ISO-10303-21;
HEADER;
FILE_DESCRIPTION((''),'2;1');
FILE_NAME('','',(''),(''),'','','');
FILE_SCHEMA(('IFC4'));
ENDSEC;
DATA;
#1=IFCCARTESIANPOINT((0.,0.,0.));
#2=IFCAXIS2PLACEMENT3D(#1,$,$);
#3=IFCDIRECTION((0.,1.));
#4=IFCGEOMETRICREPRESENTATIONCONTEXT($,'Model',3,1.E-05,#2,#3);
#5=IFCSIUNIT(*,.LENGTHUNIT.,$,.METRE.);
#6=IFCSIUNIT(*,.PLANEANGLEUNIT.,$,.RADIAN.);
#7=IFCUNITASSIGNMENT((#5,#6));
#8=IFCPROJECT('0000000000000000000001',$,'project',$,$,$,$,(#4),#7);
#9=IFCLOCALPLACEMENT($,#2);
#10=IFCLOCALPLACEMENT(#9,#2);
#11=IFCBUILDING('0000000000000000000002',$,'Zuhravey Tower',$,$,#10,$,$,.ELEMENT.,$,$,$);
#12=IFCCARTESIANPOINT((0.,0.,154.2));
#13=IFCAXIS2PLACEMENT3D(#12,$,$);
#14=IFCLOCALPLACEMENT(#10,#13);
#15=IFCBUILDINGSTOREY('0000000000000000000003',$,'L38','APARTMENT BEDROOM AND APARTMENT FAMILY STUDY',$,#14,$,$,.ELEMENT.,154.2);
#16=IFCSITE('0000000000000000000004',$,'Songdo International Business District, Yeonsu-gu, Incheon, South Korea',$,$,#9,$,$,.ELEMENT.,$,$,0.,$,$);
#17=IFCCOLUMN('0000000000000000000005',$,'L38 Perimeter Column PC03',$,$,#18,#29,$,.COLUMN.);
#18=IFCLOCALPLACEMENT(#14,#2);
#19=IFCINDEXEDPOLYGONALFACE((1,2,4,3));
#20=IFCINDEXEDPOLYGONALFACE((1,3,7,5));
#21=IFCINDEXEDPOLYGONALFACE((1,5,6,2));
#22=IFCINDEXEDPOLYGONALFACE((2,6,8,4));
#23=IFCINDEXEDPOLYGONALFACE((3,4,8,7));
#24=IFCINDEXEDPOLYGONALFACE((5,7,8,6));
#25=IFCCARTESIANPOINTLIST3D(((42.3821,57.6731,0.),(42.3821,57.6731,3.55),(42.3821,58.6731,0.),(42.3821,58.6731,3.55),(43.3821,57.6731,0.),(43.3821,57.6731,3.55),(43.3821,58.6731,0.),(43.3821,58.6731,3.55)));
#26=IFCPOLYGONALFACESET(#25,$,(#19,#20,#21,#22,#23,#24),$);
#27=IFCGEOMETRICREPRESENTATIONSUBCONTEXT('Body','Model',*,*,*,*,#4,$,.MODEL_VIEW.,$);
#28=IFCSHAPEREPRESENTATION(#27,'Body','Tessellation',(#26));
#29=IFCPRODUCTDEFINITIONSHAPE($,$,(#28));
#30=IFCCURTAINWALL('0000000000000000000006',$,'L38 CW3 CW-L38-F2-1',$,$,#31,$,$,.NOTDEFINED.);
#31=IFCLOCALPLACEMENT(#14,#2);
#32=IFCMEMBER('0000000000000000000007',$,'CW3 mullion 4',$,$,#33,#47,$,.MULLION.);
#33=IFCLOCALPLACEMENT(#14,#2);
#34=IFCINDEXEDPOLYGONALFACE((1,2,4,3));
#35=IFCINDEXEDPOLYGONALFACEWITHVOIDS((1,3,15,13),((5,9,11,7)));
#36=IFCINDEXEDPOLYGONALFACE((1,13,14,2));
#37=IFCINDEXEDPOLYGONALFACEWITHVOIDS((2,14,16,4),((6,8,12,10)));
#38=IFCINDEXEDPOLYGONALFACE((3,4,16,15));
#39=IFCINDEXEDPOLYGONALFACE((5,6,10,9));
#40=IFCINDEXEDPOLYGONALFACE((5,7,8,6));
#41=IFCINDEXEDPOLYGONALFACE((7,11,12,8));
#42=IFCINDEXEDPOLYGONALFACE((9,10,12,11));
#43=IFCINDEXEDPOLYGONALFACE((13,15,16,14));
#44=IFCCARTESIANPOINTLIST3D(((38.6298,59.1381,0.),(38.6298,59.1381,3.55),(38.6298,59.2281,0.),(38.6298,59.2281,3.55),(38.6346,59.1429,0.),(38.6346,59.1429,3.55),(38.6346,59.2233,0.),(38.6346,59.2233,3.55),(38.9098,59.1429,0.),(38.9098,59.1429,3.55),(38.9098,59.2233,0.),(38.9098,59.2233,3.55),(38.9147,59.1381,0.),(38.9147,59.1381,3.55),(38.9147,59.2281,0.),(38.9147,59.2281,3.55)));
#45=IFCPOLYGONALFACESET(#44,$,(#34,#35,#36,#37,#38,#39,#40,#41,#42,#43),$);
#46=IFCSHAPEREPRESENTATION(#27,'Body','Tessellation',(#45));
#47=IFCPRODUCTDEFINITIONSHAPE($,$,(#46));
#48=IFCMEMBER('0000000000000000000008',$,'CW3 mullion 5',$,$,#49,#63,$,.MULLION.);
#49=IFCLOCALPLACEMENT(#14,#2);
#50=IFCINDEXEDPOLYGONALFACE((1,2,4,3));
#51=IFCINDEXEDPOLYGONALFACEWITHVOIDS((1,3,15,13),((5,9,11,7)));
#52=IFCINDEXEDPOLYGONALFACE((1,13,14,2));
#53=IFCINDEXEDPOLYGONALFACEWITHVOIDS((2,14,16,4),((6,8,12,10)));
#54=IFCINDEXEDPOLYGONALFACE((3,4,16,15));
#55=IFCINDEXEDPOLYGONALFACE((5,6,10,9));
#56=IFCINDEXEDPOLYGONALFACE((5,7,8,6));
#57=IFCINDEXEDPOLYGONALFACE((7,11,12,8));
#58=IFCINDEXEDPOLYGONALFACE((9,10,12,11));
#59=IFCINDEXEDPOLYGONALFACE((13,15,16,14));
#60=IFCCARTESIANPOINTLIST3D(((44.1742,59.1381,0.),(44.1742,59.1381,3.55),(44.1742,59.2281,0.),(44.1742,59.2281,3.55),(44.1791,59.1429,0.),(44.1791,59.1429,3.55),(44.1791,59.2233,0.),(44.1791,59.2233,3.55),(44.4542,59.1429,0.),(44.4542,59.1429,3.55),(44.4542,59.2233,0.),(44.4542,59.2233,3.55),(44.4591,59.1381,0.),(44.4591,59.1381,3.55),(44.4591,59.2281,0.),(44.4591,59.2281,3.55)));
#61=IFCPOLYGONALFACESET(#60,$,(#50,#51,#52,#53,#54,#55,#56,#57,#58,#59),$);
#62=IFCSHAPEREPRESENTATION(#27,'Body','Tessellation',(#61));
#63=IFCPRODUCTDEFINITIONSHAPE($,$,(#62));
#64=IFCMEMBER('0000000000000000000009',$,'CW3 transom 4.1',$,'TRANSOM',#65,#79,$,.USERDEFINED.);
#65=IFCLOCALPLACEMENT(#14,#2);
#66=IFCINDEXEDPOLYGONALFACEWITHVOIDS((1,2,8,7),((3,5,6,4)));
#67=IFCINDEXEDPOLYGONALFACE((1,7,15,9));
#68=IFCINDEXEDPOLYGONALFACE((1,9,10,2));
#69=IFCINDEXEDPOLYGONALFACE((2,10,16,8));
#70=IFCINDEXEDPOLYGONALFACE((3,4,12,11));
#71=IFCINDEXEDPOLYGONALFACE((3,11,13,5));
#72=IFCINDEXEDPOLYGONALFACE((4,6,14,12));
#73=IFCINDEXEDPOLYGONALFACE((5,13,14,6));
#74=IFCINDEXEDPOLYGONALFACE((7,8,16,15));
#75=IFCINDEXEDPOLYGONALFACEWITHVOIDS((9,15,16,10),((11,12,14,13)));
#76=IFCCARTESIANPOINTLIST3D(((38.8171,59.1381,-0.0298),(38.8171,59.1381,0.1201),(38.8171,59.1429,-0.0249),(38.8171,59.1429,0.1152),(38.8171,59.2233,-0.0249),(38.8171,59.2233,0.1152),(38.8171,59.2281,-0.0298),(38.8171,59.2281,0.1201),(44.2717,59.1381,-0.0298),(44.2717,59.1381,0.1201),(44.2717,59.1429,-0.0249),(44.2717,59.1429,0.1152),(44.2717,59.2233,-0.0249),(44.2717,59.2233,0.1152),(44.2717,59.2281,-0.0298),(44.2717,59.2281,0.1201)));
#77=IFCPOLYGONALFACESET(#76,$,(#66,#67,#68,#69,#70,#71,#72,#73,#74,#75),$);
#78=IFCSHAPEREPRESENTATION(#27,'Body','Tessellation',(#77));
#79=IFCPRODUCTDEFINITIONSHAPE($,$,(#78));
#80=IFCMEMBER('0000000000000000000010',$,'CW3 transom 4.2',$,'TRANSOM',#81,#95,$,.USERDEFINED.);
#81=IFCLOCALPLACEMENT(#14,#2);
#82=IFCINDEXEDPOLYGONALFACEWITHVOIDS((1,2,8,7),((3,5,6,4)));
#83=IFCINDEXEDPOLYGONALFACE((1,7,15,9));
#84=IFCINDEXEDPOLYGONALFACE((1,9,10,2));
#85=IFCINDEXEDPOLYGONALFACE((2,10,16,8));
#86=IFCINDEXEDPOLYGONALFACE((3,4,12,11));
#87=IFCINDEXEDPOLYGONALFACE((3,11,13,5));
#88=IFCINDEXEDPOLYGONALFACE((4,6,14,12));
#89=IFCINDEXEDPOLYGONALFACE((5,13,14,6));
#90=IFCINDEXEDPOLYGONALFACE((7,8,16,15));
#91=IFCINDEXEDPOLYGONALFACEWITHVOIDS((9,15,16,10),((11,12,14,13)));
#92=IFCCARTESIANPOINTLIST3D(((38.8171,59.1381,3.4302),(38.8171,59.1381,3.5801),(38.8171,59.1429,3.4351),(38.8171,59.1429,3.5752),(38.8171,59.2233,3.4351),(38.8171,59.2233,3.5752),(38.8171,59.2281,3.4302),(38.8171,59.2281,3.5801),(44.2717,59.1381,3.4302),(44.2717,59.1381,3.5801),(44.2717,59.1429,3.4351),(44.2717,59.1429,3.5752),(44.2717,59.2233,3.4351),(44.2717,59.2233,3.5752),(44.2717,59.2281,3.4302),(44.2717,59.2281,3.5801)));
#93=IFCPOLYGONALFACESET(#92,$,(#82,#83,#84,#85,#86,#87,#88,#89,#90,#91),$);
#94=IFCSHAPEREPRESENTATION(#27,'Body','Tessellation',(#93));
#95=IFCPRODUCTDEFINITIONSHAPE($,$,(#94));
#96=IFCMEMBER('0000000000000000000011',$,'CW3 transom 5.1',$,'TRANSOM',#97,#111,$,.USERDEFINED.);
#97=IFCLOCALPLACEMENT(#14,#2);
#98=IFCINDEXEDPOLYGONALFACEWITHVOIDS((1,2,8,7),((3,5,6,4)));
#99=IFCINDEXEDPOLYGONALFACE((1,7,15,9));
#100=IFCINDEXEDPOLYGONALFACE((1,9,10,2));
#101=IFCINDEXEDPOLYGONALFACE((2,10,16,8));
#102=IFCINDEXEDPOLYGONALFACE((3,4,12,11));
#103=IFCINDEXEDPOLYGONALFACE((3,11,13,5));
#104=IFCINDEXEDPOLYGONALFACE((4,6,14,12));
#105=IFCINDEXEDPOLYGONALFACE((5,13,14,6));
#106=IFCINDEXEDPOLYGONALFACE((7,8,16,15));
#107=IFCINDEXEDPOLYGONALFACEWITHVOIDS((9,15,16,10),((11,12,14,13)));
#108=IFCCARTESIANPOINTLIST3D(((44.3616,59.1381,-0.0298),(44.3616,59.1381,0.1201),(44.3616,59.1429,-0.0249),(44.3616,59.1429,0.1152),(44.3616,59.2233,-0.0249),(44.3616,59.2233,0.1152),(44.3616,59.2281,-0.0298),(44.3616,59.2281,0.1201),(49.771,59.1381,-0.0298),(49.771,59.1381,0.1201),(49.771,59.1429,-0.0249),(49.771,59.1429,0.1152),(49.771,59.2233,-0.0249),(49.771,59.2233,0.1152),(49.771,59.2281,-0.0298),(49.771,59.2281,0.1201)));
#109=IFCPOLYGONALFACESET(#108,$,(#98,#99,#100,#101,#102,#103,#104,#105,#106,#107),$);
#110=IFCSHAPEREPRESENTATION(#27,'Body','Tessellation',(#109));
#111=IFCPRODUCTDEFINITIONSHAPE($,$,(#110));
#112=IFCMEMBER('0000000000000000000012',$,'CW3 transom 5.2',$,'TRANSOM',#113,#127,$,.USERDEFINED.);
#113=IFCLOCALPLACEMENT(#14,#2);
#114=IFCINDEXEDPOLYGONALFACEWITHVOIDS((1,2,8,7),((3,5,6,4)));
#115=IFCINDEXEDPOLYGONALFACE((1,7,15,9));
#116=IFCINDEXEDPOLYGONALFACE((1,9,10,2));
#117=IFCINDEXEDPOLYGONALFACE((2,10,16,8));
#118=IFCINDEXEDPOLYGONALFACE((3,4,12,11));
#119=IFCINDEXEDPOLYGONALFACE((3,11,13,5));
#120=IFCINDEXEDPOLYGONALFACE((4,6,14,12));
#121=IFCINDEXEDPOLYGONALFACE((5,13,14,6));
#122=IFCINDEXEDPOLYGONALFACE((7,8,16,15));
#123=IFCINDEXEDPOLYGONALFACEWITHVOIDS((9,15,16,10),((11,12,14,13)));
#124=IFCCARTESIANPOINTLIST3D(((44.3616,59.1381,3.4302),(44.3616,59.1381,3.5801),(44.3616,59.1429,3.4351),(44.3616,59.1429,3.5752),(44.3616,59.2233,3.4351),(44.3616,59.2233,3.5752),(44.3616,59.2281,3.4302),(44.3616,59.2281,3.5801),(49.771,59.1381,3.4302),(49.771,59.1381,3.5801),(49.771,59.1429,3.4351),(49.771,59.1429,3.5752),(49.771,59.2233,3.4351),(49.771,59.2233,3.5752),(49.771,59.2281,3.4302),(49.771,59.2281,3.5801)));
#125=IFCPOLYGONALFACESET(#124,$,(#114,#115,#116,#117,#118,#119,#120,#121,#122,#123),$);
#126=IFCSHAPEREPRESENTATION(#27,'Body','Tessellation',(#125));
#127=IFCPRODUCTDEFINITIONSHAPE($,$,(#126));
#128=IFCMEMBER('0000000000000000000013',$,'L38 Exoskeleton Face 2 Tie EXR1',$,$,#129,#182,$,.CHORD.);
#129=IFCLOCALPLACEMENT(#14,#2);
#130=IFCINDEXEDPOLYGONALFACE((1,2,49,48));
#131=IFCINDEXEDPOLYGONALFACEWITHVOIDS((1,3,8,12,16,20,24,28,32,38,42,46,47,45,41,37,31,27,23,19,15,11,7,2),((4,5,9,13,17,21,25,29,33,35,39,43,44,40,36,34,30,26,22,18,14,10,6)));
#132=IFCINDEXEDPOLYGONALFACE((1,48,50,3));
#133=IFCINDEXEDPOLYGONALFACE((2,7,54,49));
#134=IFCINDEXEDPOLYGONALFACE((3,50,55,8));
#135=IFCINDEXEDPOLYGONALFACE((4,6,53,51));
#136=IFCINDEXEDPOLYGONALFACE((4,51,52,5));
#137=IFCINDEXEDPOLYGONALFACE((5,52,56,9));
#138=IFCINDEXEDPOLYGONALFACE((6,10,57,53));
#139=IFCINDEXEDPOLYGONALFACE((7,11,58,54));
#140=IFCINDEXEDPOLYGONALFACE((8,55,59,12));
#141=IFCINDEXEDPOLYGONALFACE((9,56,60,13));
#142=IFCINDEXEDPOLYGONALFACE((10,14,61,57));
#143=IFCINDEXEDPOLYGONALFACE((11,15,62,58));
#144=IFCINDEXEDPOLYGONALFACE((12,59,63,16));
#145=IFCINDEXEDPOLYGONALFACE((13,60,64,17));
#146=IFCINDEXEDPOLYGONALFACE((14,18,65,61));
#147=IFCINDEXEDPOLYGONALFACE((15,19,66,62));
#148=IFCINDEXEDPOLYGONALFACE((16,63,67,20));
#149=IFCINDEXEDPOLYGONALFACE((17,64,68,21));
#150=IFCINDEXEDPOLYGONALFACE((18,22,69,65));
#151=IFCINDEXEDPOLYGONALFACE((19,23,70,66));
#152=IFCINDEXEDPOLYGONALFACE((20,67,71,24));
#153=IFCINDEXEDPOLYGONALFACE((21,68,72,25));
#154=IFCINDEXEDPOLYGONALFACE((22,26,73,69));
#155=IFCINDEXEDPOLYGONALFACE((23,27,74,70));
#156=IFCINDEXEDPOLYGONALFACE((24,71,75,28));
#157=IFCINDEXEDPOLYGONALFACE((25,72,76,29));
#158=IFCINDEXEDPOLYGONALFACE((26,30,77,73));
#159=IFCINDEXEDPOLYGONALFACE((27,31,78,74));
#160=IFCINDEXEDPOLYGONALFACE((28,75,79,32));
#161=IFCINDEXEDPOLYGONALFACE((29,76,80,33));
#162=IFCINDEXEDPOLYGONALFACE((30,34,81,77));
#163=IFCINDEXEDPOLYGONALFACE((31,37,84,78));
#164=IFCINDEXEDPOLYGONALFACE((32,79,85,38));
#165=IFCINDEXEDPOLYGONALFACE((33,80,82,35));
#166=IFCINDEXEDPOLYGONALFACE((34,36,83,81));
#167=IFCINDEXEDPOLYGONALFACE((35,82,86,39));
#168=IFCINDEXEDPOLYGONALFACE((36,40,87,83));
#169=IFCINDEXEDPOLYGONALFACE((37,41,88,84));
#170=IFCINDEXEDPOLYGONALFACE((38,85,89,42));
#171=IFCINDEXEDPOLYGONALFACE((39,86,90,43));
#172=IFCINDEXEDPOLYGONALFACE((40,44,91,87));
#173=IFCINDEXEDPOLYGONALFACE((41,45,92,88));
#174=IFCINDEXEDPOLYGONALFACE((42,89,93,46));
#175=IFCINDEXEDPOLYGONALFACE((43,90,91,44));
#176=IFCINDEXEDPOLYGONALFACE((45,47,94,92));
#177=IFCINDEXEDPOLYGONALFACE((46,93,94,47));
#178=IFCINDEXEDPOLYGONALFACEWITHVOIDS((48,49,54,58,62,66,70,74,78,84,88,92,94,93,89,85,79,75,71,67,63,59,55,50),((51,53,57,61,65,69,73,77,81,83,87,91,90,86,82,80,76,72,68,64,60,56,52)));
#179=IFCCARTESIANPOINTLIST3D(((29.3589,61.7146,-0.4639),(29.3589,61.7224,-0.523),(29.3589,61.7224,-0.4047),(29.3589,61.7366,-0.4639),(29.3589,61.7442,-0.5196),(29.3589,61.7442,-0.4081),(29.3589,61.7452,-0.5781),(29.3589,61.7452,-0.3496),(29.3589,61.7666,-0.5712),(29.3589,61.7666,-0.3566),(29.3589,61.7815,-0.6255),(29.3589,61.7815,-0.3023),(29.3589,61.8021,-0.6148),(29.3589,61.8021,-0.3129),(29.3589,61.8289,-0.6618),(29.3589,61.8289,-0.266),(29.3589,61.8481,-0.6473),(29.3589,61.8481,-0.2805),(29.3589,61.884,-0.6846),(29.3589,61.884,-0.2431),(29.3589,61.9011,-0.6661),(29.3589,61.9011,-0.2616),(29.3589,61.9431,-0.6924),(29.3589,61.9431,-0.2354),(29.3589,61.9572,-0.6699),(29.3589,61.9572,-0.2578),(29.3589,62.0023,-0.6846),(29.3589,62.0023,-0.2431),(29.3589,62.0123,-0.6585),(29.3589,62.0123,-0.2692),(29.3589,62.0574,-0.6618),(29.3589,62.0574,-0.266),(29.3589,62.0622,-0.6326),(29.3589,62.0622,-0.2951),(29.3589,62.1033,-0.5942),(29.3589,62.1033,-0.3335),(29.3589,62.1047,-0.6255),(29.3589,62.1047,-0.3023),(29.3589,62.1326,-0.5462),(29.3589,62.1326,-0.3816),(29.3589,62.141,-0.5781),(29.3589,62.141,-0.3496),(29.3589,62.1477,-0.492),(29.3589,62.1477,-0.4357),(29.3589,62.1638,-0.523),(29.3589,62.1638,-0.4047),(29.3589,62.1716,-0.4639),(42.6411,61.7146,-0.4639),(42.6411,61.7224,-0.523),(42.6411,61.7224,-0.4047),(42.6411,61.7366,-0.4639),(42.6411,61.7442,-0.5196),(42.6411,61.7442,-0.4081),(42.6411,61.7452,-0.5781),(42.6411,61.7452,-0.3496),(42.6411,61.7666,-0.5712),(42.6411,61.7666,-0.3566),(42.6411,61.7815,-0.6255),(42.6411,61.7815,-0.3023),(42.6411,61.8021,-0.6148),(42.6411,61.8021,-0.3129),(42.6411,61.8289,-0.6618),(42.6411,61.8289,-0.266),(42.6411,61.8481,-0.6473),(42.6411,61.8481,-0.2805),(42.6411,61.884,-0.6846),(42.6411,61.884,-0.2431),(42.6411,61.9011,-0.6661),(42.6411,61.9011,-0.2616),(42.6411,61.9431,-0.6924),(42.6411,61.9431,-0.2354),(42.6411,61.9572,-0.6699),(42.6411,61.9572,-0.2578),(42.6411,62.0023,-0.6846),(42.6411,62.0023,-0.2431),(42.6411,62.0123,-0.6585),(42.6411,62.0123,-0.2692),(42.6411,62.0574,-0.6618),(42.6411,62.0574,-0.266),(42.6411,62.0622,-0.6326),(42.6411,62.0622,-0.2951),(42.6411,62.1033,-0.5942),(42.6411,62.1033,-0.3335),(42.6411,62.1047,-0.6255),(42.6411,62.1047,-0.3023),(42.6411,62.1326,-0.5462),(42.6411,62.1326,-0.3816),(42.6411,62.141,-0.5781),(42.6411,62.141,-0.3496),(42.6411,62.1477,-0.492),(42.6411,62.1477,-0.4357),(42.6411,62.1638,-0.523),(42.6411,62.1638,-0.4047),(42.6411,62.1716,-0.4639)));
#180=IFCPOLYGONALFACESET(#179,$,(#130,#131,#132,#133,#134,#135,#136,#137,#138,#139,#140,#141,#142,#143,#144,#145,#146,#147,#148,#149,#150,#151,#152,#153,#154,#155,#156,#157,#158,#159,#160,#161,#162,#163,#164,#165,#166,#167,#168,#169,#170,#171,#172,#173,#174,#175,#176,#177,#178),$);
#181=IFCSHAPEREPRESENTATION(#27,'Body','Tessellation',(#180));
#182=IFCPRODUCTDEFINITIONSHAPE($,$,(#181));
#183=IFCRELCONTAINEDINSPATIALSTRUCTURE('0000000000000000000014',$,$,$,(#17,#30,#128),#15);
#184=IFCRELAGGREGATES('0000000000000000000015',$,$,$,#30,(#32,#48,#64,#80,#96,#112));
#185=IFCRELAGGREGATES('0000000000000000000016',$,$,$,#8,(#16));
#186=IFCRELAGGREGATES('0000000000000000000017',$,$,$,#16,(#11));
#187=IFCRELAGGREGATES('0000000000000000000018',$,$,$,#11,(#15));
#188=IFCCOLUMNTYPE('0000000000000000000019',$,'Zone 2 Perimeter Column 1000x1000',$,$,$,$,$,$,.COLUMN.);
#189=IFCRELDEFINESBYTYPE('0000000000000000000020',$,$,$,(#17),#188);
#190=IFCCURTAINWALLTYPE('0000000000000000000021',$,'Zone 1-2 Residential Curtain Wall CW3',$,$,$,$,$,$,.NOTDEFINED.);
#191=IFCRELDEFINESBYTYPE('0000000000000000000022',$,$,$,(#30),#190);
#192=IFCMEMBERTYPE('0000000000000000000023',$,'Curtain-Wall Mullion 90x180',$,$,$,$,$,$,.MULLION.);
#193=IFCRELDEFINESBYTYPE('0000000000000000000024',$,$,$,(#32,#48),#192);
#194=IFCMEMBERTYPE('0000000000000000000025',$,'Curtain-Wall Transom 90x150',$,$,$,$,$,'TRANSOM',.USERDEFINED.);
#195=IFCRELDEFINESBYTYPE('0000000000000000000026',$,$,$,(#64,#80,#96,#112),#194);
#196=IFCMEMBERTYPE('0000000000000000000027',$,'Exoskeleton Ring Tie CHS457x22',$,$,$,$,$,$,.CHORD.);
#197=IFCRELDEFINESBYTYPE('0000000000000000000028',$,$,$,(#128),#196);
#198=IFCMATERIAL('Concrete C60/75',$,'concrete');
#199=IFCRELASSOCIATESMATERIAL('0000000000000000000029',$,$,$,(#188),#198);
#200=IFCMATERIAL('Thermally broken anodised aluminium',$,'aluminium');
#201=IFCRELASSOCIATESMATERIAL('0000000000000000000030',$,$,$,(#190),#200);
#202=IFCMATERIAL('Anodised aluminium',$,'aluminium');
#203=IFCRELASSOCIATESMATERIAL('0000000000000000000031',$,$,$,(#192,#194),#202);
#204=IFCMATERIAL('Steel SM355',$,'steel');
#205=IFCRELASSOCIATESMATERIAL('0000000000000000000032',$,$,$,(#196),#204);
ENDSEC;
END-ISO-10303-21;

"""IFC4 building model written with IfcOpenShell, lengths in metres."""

from ifc_helpers import new_model, si_unit, direction, frame, origin, origin_2d, place, context, subcontext, project, spatial, rectangle, hollow_rectangle, hollow_circle, extrude, material, material_profile, profile_set, type_object, element, aggregate, save


model = new_model("IFC4")

# Units and contexts
model_context = context("Model", 3, precision=1e-05, world=origin(), true_north=direction((0.0, 1.0)))
body_context = subcontext(model_context, "Body", "Model", "MODEL_VIEW")
ifc_project = project(units=[si_unit("LENGTHUNIT", "METRE"), si_unit("PLANEANGLEUNIT", "RADIAN")], contexts=[model_context])

# Site, building, storey
site_placement = place(None, origin())
site = spatial("IfcSite", under=ifc_project, at=site_placement, Name="Songdo International Business District, Yeonsu-gu, Incheon, South Korea", CompositionType="ELEMENT", RefElevation=0.0)
building_placement = place(site_placement, origin())
building = spatial("IfcBuilding", under=site, at=building_placement, Name="Zuhravey Tower", CompositionType="ELEMENT")
storey_placement = place(building_placement, frame((0.0, 0.0, 154.2)))
storey = spatial("IfcBuildingStorey", under=building, at=storey_placement, Name="L38", Description="APARTMENT BEDROOM AND APARTMENT FAMILY STUDY", CompositionType="ELEMENT", Elevation=154.2)

# Column
ifc_material_1 = material(Name="Concrete C60/75", Category="concrete")
ifc_material_profile_1 = material_profile(ifc_material_1, rectangle(XDim=1.0, YDim=1.0, at=origin_2d()), Name="RC-1000x1000")
ifc_profile_set_1 = profile_set([ifc_material_profile_1], Name="Concrete C60/75")
column_type = type_object("IfcColumnType", Name="Zone 2 Perimeter Column 1000x1000", PredefinedType="COLUMN", material=ifc_profile_set_1)
column_placement = place(storey_placement, frame((42.8821, 58.1731, 0.0), z_axis=(0.0, 0.0, 1.0), x_axis=(-1.0, 0.0, 0.0)))
element("IfcColumn", 1, at=column_placement, inside=storey, type_object=column_type, Name="L38 Perimeter Column PC03", PredefinedType="COLUMN", context=body_context, shape_type="SweptSolid", body=[
    extrude(rectangle(XDim=1.0, YDim=1.0, at=origin_2d()), origin(), (0.0, 0.0, 1.0), 3.55),
])

# Curtain wall, members
ifc_material_2 = material(Name="Thermally broken anodised aluminium", Category="aluminium")
curtain_wall_type = type_object("IfcCurtainWallType", Name="Zone 1-2 Residential Curtain Wall CW3", PredefinedType="NOTDEFINED", material=ifc_material_2)
curtain_wall_placement = place(storey_placement, origin())
curtain_wall = element("IfcCurtainWall", 2, at=curtain_wall_placement, inside=storey, type_object=curtain_wall_type, Name="L38 CW3 CW-L38-F2-1", PredefinedType="NOTDEFINED")
ifc_material_3 = material(Name="Anodised aluminium", Category="aluminium")
ifc_material_profile_2 = material_profile(ifc_material_3, hollow_rectangle(XDim=0.0901, YDim=0.2849, WallThickness=0.0049, at=origin_2d()), Name="ALU-RHS-90x285x5")
ifc_profile_set_2 = profile_set([ifc_material_profile_2], Name="Anodised aluminium")
member_type_1 = type_object("IfcMemberType", Name="Curtain-Wall Mullion 90x180", PredefinedType="MULLION", material=ifc_profile_set_2)
member_1_placement = place(storey_placement, frame((38.7722, 59.1831, 0.0), z_axis=(0.0, 0.0, 1.0), x_axis=(0.0, 1.0, 0.0)))
member_1 = element("IfcMember", 3, at=member_1_placement, type_object=member_type_1, Name="CW3 mullion 4", PredefinedType="MULLION", context=body_context, shape_type="SweptSolid", body=[
    extrude(hollow_rectangle(XDim=0.0901, YDim=0.2849, WallThickness=0.0049, at=origin_2d()), origin(), (0.0, 0.0, 1.0), 3.55),
])
member_2_placement = place(storey_placement, frame((44.3167, 59.1831, 0.0), z_axis=(0.0, 0.0, 1.0), x_axis=(0.0, 1.0, 0.0)))
member_2 = element("IfcMember", 4, at=member_2_placement, type_object=member_type_1, Name="CW3 mullion 5", PredefinedType="MULLION", context=body_context, shape_type="SweptSolid", body=[
    extrude(hollow_rectangle(XDim=0.0901, YDim=0.2849, WallThickness=0.0049, at=origin_2d()), origin(), (0.0, 0.0, 1.0), 3.55),
])
ifc_material_profile_3 = material_profile(ifc_material_3, hollow_rectangle(XDim=0.0901, YDim=0.1499, WallThickness=0.0049, at=origin_2d()), Name="ALU-RHS-90x150x5")
ifc_profile_set_3 = profile_set([ifc_material_profile_3], Name="Anodised aluminium")
member_type_2 = type_object("IfcMemberType", Name="Curtain-Wall Transom 90x150", ElementType="TRANSOM", PredefinedType="USERDEFINED", material=ifc_profile_set_3)
member_3_placement = place(storey_placement, frame((38.8171, 59.1831, 0.0452), z_axis=(1.0, 0.0, 0.0), x_axis=(0.0, 1.0, 0.0)))
member_3 = element("IfcMember", 5, at=member_3_placement, type_object=member_type_2, Name="CW3 transom 4.1", ObjectType="TRANSOM", PredefinedType="USERDEFINED", context=body_context, shape_type="SweptSolid", body=[
    extrude(hollow_rectangle(XDim=0.0901, YDim=0.1499, WallThickness=0.0049, at=origin_2d()), origin(), (0.0, 0.0, 1.0), 5.4546),
])
member_4_placement = place(storey_placement, frame((38.8171, 59.1831, 3.5051), z_axis=(1.0, 0.0, 0.0), x_axis=(0.0, 1.0, 0.0)))
member_4 = element("IfcMember", 6, at=member_4_placement, type_object=member_type_2, Name="CW3 transom 4.2", ObjectType="TRANSOM", PredefinedType="USERDEFINED", context=body_context, shape_type="SweptSolid", body=[
    extrude(hollow_rectangle(XDim=0.0901, YDim=0.1499, WallThickness=0.0049, at=origin_2d()), origin(), (0.0, 0.0, 1.0), 5.4546),
])
member_5_placement = place(storey_placement, frame((44.3616, 59.1831, 0.0452), z_axis=(1.0, 0.0, 0.0), x_axis=(0.0, 1.0, 0.0)))
member_5 = element("IfcMember", 7, at=member_5_placement, type_object=member_type_2, Name="CW3 transom 5.1", ObjectType="TRANSOM", PredefinedType="USERDEFINED", context=body_context, shape_type="SweptSolid", body=[
    extrude(hollow_rectangle(XDim=0.0901, YDim=0.1499, WallThickness=0.0049, at=origin_2d()), origin(), (0.0, 0.0, 1.0), 5.4094),
])
member_6_placement = place(storey_placement, frame((44.3616, 59.1831, 3.5051), z_axis=(1.0, 0.0, 0.0), x_axis=(0.0, 1.0, 0.0)))
member_6 = element("IfcMember", 8, at=member_6_placement, type_object=member_type_2, Name="CW3 transom 5.2", ObjectType="TRANSOM", PredefinedType="USERDEFINED", context=body_context, shape_type="SweptSolid", body=[
    extrude(hollow_rectangle(XDim=0.0901, YDim=0.1499, WallThickness=0.0049, at=origin_2d()), origin(), (0.0, 0.0, 1.0), 5.4094),
])

# Member
ifc_material_4 = material(Name="Steel SM355", Category="steel")
ifc_material_profile_4 = material_profile(ifc_material_4, hollow_circle(Radius=0.2285, WallThickness=0.022, at=origin_2d()), Name="CHS-457.2x22")
ifc_profile_set_4 = profile_set([ifc_material_profile_4], Name="Steel SM355")
member_type_3 = type_object("IfcMemberType", Name="Exoskeleton Ring Tie CHS457x22", PredefinedType="CHORD", material=ifc_profile_set_4)
member_7_placement = place(storey_placement, frame((42.6411, 61.9431, -0.4639), z_axis=(-1.0, 0.0, 0.0), x_axis=(0.0, -1.0, 0.0)))
element("IfcMember", 9, at=member_7_placement, inside=storey, type_object=member_type_3, Name="L38 Exoskeleton Face 2 Tie EXR1", PredefinedType="CHORD", context=body_context, shape_type="SweptSolid", body=[
    extrude(hollow_circle(Radius=0.2285, WallThickness=0.022, at=origin_2d()), origin(), (0.0, 0.0, 1.0), 13.2822),
])

aggregate(curtain_wall, [member_1, member_2, member_3, member_4, member_5, member_6])

save(model, "model.ifc")
